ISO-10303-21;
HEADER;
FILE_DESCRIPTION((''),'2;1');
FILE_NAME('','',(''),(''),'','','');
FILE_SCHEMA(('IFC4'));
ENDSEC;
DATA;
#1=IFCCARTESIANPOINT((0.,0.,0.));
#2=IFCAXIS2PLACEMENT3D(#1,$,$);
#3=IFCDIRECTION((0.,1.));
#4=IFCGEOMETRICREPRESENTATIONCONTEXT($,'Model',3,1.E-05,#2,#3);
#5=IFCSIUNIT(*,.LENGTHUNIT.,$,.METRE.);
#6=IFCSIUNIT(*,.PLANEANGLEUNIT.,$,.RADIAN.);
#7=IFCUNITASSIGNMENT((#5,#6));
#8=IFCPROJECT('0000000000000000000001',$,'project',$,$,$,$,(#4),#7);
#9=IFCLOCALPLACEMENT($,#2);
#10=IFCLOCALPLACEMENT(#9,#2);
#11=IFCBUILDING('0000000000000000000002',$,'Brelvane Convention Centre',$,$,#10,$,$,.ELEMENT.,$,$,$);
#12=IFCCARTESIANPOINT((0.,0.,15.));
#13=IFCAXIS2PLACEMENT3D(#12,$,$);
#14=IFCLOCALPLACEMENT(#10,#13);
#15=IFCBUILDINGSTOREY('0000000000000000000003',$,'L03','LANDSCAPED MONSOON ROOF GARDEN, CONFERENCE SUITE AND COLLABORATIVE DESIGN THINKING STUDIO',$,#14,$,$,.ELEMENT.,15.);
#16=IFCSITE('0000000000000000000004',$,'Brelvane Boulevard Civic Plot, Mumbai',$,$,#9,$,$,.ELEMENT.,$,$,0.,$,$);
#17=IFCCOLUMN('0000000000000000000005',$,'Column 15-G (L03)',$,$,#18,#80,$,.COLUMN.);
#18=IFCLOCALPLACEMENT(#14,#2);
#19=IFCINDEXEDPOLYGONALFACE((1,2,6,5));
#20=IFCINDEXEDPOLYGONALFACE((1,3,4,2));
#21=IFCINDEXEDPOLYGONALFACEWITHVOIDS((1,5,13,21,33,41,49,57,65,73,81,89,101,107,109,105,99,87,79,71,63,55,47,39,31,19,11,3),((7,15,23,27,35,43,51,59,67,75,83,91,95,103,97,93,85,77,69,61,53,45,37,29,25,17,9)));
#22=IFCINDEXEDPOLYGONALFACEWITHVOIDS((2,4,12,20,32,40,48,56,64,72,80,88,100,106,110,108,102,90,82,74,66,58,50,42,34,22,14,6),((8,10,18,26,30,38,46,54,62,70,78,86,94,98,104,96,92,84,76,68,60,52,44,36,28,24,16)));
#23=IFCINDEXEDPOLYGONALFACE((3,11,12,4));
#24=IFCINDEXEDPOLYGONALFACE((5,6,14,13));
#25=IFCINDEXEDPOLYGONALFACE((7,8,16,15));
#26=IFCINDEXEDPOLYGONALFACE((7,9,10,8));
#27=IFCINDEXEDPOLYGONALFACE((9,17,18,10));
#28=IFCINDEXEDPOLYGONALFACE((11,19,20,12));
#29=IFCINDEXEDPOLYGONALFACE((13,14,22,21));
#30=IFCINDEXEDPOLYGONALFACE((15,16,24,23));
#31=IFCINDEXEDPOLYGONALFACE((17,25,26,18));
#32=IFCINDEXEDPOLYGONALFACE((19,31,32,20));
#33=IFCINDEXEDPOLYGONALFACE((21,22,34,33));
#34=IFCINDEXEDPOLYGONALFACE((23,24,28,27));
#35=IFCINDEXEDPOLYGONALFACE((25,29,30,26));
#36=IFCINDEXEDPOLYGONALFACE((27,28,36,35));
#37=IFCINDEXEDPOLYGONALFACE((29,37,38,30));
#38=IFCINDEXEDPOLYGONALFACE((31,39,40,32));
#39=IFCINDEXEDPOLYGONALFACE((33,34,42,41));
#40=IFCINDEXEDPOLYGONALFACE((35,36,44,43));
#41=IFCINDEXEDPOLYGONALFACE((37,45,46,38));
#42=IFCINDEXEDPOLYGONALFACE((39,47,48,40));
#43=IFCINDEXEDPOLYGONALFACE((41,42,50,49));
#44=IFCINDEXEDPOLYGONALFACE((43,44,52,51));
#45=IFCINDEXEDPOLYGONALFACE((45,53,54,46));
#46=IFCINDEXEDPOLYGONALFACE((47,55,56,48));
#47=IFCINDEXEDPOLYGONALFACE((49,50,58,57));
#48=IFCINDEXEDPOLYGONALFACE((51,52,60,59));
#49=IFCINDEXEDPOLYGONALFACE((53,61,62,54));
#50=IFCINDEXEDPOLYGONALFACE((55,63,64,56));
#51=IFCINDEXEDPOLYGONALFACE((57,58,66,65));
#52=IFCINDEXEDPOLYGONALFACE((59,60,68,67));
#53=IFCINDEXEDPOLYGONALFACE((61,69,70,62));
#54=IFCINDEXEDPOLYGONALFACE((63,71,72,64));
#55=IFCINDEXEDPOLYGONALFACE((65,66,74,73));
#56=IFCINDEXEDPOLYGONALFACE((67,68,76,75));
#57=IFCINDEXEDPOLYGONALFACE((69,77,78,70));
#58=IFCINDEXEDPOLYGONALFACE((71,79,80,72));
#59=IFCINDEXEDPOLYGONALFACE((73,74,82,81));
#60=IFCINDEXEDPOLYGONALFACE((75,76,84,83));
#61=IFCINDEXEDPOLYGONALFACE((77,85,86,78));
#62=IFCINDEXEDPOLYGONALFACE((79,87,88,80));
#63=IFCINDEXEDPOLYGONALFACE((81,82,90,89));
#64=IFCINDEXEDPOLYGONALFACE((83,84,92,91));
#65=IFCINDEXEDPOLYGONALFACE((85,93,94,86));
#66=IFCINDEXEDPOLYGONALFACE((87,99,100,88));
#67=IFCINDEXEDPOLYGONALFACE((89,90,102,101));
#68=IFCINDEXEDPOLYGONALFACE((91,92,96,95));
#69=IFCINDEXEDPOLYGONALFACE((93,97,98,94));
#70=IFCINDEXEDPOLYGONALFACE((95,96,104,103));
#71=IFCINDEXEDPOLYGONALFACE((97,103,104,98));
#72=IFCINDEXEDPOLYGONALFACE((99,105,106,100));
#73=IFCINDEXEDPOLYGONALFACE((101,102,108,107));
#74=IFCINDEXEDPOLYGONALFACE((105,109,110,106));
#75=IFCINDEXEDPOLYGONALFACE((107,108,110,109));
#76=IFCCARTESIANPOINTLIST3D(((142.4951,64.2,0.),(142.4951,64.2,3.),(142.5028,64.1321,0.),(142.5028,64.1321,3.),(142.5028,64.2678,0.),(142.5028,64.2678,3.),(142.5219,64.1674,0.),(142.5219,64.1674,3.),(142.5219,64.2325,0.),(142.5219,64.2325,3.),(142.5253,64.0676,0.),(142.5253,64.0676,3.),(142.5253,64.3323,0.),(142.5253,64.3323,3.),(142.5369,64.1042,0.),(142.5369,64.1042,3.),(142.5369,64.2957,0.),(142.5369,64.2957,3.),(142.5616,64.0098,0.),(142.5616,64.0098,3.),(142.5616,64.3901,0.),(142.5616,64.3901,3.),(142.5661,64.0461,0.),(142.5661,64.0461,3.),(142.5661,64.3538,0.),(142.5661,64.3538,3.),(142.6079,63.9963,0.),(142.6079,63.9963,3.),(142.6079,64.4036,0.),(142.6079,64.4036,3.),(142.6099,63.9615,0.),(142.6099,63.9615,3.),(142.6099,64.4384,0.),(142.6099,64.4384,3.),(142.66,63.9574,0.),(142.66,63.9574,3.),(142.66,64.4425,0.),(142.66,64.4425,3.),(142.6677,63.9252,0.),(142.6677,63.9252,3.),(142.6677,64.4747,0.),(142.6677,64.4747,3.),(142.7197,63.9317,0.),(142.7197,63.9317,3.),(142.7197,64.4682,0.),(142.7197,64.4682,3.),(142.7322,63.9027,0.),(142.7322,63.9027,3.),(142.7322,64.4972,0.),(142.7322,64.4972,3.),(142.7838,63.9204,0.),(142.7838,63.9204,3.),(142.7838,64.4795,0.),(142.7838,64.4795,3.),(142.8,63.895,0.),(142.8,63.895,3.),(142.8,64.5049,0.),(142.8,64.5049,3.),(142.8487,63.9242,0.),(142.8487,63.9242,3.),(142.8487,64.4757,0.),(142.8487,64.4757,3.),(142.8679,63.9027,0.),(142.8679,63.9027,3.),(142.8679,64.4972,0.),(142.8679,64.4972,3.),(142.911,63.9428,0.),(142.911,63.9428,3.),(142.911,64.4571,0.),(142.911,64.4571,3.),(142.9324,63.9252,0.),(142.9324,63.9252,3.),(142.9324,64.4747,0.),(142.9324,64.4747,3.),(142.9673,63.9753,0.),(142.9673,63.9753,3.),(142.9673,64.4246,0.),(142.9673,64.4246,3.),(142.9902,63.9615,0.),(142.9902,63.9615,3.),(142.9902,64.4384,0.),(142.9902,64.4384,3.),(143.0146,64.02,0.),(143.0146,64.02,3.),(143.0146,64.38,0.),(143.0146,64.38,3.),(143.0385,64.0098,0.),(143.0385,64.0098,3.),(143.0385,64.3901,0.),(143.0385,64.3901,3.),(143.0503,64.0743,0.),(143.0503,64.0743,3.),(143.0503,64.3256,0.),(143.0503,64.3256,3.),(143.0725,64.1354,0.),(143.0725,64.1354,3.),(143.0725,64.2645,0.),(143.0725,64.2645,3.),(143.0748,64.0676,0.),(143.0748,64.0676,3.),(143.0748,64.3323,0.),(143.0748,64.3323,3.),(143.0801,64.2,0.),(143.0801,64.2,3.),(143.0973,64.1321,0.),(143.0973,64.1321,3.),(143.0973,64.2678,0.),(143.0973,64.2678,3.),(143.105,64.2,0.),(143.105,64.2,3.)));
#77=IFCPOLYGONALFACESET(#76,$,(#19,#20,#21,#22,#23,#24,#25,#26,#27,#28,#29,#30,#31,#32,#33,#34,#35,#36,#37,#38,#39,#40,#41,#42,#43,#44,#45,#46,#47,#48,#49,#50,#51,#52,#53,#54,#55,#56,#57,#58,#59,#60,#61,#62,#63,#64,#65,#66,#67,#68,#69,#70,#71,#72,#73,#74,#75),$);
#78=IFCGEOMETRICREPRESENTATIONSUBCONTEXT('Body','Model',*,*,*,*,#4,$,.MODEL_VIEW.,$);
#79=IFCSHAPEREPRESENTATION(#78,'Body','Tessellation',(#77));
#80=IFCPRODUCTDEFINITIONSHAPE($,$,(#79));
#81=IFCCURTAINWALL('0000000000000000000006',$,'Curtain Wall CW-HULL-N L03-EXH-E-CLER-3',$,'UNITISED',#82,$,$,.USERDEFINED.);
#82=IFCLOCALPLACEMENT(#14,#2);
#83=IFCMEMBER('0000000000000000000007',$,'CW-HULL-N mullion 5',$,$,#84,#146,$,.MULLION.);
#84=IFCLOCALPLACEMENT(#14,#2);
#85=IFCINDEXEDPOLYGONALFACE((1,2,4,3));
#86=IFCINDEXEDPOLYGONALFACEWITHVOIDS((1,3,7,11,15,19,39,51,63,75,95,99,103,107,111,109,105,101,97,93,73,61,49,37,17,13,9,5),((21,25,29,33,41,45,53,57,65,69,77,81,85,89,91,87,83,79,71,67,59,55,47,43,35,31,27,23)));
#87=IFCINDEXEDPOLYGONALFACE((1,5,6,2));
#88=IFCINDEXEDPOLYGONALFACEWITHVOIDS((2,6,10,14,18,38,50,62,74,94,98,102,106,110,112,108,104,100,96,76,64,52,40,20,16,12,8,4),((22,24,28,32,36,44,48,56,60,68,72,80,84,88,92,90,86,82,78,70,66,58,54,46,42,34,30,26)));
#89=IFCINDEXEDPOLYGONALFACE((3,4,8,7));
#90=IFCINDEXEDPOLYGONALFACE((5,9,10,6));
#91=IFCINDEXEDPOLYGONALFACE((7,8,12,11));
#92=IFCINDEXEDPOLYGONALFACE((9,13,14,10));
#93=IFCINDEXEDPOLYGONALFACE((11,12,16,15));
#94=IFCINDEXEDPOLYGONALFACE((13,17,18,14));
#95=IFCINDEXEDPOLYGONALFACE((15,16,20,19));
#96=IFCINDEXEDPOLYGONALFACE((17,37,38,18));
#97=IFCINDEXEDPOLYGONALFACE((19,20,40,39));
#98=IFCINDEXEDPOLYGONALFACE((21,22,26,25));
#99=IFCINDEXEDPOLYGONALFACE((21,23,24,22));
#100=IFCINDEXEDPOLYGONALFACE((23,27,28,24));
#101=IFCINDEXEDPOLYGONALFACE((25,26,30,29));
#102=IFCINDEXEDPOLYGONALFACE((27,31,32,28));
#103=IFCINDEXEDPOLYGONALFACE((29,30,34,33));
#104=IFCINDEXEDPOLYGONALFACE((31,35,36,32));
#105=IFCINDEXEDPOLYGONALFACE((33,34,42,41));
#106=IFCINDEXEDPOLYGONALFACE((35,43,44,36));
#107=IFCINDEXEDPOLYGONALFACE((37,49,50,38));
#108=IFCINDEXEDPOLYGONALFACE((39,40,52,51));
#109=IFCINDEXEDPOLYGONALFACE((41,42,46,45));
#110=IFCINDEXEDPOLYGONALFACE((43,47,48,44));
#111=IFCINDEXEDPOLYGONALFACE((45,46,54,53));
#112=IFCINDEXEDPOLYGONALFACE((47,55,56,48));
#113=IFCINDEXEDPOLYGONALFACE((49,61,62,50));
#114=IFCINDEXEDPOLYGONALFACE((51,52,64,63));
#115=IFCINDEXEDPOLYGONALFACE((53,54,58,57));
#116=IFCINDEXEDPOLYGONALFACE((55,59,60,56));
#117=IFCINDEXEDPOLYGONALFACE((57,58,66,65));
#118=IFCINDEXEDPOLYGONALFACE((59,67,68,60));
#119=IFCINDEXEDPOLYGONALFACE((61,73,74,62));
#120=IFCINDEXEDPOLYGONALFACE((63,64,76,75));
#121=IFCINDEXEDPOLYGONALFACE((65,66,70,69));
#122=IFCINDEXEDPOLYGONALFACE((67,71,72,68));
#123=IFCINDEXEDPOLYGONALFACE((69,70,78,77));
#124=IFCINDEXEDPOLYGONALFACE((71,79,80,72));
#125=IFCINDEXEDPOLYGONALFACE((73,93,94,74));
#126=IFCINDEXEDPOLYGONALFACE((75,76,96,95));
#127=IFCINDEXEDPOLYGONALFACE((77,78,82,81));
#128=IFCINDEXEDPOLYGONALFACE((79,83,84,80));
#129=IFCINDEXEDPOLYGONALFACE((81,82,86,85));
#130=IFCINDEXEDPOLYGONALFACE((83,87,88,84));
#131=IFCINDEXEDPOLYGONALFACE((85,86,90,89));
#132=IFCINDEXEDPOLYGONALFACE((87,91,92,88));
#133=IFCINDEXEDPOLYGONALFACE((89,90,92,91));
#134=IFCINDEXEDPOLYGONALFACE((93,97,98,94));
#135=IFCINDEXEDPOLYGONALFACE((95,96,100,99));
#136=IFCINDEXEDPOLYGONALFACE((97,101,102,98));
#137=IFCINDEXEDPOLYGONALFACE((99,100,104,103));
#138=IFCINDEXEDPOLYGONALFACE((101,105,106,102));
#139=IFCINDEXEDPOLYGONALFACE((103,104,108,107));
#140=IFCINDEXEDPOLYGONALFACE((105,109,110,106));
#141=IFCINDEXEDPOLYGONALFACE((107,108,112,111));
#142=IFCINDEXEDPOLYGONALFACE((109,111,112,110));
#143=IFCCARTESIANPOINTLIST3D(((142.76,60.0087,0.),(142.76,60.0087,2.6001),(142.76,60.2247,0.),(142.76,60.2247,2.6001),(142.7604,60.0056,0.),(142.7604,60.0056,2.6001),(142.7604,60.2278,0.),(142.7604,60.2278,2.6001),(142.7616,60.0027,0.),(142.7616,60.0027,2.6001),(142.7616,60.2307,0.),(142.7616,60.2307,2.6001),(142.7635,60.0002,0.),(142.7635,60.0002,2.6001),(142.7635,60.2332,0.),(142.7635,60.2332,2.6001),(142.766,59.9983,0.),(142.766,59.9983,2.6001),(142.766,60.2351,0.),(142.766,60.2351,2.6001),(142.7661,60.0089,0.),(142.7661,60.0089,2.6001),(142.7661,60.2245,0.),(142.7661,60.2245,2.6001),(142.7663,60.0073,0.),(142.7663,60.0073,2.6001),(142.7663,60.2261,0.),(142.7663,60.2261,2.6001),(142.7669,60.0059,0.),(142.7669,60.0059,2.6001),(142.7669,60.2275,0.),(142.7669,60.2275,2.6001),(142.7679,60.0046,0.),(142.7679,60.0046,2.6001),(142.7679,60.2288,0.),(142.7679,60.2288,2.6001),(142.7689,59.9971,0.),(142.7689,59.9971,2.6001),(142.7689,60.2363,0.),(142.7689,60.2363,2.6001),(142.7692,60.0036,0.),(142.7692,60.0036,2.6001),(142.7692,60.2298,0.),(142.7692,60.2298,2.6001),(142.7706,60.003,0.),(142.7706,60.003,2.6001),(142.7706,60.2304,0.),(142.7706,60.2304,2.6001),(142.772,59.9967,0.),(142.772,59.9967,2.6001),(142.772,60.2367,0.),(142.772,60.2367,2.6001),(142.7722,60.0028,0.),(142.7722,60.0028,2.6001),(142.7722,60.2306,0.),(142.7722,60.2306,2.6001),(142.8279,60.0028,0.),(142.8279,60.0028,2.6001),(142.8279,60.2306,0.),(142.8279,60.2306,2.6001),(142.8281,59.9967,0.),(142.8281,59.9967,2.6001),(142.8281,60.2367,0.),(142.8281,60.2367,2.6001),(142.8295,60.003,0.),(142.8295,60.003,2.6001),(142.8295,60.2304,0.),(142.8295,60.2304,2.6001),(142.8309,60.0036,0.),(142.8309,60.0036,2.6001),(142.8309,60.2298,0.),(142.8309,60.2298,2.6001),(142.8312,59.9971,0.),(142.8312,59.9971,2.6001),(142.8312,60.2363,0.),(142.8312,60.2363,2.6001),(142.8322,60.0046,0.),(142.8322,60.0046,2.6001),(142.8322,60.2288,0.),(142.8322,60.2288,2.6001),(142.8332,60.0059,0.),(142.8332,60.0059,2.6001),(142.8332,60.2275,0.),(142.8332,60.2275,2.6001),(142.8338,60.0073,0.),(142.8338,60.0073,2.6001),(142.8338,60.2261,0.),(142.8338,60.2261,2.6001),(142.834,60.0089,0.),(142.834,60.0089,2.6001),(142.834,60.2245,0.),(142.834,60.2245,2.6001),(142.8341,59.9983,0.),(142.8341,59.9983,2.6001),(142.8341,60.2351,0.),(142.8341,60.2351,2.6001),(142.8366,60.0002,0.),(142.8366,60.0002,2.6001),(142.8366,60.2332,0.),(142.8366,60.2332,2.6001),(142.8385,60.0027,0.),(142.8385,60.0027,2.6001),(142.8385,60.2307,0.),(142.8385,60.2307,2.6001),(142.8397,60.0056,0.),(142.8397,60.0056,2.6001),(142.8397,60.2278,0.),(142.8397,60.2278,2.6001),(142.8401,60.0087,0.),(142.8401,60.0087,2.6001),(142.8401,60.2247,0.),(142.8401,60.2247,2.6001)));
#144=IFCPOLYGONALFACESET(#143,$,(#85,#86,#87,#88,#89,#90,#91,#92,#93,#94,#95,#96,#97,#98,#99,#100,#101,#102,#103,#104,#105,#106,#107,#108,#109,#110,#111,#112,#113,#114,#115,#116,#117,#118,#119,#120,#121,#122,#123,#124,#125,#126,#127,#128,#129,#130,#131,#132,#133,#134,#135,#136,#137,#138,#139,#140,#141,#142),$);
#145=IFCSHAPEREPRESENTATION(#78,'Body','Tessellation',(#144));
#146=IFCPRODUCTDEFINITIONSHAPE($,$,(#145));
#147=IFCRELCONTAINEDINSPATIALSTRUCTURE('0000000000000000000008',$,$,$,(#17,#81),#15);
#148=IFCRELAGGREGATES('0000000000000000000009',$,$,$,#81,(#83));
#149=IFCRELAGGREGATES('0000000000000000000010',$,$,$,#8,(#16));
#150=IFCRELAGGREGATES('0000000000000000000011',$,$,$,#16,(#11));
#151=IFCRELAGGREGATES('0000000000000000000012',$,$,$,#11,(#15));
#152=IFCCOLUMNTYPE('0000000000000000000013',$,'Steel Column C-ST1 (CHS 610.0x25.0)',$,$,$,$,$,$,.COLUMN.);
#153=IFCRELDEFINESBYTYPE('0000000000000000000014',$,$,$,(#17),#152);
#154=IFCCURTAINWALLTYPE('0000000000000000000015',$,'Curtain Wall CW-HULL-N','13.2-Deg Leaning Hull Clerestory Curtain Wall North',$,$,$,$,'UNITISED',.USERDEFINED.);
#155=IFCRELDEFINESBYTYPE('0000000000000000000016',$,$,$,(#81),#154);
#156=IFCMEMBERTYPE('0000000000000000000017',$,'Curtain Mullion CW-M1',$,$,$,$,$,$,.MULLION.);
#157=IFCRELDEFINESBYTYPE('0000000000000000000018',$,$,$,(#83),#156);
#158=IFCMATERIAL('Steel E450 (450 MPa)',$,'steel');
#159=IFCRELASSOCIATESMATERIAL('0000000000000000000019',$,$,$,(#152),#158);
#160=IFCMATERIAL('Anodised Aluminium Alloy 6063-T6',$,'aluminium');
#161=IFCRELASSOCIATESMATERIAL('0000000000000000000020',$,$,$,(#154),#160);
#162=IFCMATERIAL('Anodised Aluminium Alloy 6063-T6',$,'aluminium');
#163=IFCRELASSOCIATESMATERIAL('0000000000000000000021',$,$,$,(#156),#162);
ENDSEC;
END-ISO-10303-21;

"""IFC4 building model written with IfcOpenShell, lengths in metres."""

from ifc_helpers import new_model, si_unit, direction, frame, origin, origin_2d, place, context, subcontext, project, spatial, hollow_rectangle, hollow_circle, extrude, material, material_profile, profile_set, type_object, element, aggregate, save


model = new_model("IFC4")

# Units and contexts
model_context = context("Model", 3, precision=1e-05, world=origin(), true_north=direction((0.0, 1.0)))
body_context = subcontext(model_context, "Body", "Model", "MODEL_VIEW")
ifc_project = project(units=[si_unit("LENGTHUNIT", "METRE"), si_unit("PLANEANGLEUNIT", "RADIAN")], contexts=[model_context])

# Site, building, storey
site_placement = place(None, origin())
site = spatial("IfcSite", under=ifc_project, at=site_placement, Name="Brelvane Boulevard Civic Plot, Mumbai", CompositionType="ELEMENT", RefElevation=0.0)
building_placement = place(site_placement, origin())
building = spatial("IfcBuilding", under=site, at=building_placement, Name="Brelvane Convention Centre", CompositionType="ELEMENT")
storey_placement = place(building_placement, frame((0.0, 0.0, 15.0)))
storey = spatial("IfcBuildingStorey", under=building, at=storey_placement, Name="L03", Description="LANDSCAPED MONSOON ROOF GARDEN, CONFERENCE SUITE AND COLLABORATIVE DESIGN THINKING STUDIO", CompositionType="ELEMENT", Elevation=15.0)

# Column
ifc_material_1 = material(Name="Steel E450 (450 MPa)", Category="steel")
ifc_material_profile_1 = material_profile(ifc_material_1, hollow_circle(Radius=0.3049, WallThickness=0.0249, at=origin_2d()), Name="CHS 610.0x25.0")
ifc_profile_set_1 = profile_set([ifc_material_profile_1], Name="Steel E450 (450 MPa)")
column_type = type_object("IfcColumnType", Name="Steel Column C-ST1 (CHS 610.0x25.0)", PredefinedType="COLUMN", material=ifc_profile_set_1)
column_placement = place(storey_placement, frame((142.8, 64.2, 0.0), z_axis=(0.0, 0.0, 1.0), x_axis=(1.0, 0.0, 0.0)))
element("IfcColumn", 1, at=column_placement, inside=storey, type_object=column_type, Name="Column 15-G (L03)", PredefinedType="COLUMN", context=body_context, shape_type="SweptSolid", body=[
    extrude(hollow_circle(Radius=0.3049, WallThickness=0.0249, at=origin_2d()), origin(), (0.0, 0.0, 1.0), 3.0),
])

# Curtain wall, member
ifc_material_2 = material(Name="Anodised Aluminium Alloy 6063-T6", Category="aluminium")
curtain_wall_type = type_object("IfcCurtainWallType", Name="Curtain Wall CW-HULL-N", Description="13.2-Deg Leaning Hull Clerestory Curtain Wall North", ElementType="UNITISED", PredefinedType="USERDEFINED", material=ifc_material_2)
curtain_wall_1_placement = place(storey_placement, origin())
curtain_wall_1 = element("IfcCurtainWall", 2, at=curtain_wall_1_placement, inside=storey, type_object=curtain_wall_type, Name="Curtain Wall CW-HULL-N L03-EXH-E-CLER-3", ObjectType="UNITISED", PredefinedType="USERDEFINED")
ifc_material_3 = material(Name="Anodised Aluminium Alloy 6063-T6", Category="aluminium")
ifc_material_profile_2 = material_profile(ifc_material_3, hollow_rectangle(XDim=0.0801, YDim=0.24, WallThickness=0.0061, InnerFilletRadius=0.0061, OuterFilletRadius=0.012, at=origin_2d()), Name="ALU-M 240x80x6.0")
ifc_profile_set_2 = profile_set([ifc_material_profile_2], Name="Anodised Aluminium Alloy 6063-T6")
member_type_1 = type_object("IfcMemberType", Name="Curtain Mullion CW-M1", PredefinedType="MULLION", material=ifc_profile_set_2)
member_1_placement = place(storey_placement, frame((142.8, 60.1167, 0.0), z_axis=(0.0, 0.0, 1.0), x_axis=(-1.0, 0.0, 0.0)))
member_1 = element("IfcMember", 3, at=member_1_placement, type_object=member_type_1, Name="CW-HULL-N mullion 5", PredefinedType="MULLION", context=body_context, shape_type="SweptSolid", body=[
    extrude(hollow_rectangle(XDim=0.0801, YDim=0.24, WallThickness=0.0061, InnerFilletRadius=0.0061, OuterFilletRadius=0.012, at=origin_2d()), origin(), (0.0, 0.0, 1.0), 2.6001),
])

aggregate(curtain_wall_1, [member_1])

save(model, "model.ifc")
